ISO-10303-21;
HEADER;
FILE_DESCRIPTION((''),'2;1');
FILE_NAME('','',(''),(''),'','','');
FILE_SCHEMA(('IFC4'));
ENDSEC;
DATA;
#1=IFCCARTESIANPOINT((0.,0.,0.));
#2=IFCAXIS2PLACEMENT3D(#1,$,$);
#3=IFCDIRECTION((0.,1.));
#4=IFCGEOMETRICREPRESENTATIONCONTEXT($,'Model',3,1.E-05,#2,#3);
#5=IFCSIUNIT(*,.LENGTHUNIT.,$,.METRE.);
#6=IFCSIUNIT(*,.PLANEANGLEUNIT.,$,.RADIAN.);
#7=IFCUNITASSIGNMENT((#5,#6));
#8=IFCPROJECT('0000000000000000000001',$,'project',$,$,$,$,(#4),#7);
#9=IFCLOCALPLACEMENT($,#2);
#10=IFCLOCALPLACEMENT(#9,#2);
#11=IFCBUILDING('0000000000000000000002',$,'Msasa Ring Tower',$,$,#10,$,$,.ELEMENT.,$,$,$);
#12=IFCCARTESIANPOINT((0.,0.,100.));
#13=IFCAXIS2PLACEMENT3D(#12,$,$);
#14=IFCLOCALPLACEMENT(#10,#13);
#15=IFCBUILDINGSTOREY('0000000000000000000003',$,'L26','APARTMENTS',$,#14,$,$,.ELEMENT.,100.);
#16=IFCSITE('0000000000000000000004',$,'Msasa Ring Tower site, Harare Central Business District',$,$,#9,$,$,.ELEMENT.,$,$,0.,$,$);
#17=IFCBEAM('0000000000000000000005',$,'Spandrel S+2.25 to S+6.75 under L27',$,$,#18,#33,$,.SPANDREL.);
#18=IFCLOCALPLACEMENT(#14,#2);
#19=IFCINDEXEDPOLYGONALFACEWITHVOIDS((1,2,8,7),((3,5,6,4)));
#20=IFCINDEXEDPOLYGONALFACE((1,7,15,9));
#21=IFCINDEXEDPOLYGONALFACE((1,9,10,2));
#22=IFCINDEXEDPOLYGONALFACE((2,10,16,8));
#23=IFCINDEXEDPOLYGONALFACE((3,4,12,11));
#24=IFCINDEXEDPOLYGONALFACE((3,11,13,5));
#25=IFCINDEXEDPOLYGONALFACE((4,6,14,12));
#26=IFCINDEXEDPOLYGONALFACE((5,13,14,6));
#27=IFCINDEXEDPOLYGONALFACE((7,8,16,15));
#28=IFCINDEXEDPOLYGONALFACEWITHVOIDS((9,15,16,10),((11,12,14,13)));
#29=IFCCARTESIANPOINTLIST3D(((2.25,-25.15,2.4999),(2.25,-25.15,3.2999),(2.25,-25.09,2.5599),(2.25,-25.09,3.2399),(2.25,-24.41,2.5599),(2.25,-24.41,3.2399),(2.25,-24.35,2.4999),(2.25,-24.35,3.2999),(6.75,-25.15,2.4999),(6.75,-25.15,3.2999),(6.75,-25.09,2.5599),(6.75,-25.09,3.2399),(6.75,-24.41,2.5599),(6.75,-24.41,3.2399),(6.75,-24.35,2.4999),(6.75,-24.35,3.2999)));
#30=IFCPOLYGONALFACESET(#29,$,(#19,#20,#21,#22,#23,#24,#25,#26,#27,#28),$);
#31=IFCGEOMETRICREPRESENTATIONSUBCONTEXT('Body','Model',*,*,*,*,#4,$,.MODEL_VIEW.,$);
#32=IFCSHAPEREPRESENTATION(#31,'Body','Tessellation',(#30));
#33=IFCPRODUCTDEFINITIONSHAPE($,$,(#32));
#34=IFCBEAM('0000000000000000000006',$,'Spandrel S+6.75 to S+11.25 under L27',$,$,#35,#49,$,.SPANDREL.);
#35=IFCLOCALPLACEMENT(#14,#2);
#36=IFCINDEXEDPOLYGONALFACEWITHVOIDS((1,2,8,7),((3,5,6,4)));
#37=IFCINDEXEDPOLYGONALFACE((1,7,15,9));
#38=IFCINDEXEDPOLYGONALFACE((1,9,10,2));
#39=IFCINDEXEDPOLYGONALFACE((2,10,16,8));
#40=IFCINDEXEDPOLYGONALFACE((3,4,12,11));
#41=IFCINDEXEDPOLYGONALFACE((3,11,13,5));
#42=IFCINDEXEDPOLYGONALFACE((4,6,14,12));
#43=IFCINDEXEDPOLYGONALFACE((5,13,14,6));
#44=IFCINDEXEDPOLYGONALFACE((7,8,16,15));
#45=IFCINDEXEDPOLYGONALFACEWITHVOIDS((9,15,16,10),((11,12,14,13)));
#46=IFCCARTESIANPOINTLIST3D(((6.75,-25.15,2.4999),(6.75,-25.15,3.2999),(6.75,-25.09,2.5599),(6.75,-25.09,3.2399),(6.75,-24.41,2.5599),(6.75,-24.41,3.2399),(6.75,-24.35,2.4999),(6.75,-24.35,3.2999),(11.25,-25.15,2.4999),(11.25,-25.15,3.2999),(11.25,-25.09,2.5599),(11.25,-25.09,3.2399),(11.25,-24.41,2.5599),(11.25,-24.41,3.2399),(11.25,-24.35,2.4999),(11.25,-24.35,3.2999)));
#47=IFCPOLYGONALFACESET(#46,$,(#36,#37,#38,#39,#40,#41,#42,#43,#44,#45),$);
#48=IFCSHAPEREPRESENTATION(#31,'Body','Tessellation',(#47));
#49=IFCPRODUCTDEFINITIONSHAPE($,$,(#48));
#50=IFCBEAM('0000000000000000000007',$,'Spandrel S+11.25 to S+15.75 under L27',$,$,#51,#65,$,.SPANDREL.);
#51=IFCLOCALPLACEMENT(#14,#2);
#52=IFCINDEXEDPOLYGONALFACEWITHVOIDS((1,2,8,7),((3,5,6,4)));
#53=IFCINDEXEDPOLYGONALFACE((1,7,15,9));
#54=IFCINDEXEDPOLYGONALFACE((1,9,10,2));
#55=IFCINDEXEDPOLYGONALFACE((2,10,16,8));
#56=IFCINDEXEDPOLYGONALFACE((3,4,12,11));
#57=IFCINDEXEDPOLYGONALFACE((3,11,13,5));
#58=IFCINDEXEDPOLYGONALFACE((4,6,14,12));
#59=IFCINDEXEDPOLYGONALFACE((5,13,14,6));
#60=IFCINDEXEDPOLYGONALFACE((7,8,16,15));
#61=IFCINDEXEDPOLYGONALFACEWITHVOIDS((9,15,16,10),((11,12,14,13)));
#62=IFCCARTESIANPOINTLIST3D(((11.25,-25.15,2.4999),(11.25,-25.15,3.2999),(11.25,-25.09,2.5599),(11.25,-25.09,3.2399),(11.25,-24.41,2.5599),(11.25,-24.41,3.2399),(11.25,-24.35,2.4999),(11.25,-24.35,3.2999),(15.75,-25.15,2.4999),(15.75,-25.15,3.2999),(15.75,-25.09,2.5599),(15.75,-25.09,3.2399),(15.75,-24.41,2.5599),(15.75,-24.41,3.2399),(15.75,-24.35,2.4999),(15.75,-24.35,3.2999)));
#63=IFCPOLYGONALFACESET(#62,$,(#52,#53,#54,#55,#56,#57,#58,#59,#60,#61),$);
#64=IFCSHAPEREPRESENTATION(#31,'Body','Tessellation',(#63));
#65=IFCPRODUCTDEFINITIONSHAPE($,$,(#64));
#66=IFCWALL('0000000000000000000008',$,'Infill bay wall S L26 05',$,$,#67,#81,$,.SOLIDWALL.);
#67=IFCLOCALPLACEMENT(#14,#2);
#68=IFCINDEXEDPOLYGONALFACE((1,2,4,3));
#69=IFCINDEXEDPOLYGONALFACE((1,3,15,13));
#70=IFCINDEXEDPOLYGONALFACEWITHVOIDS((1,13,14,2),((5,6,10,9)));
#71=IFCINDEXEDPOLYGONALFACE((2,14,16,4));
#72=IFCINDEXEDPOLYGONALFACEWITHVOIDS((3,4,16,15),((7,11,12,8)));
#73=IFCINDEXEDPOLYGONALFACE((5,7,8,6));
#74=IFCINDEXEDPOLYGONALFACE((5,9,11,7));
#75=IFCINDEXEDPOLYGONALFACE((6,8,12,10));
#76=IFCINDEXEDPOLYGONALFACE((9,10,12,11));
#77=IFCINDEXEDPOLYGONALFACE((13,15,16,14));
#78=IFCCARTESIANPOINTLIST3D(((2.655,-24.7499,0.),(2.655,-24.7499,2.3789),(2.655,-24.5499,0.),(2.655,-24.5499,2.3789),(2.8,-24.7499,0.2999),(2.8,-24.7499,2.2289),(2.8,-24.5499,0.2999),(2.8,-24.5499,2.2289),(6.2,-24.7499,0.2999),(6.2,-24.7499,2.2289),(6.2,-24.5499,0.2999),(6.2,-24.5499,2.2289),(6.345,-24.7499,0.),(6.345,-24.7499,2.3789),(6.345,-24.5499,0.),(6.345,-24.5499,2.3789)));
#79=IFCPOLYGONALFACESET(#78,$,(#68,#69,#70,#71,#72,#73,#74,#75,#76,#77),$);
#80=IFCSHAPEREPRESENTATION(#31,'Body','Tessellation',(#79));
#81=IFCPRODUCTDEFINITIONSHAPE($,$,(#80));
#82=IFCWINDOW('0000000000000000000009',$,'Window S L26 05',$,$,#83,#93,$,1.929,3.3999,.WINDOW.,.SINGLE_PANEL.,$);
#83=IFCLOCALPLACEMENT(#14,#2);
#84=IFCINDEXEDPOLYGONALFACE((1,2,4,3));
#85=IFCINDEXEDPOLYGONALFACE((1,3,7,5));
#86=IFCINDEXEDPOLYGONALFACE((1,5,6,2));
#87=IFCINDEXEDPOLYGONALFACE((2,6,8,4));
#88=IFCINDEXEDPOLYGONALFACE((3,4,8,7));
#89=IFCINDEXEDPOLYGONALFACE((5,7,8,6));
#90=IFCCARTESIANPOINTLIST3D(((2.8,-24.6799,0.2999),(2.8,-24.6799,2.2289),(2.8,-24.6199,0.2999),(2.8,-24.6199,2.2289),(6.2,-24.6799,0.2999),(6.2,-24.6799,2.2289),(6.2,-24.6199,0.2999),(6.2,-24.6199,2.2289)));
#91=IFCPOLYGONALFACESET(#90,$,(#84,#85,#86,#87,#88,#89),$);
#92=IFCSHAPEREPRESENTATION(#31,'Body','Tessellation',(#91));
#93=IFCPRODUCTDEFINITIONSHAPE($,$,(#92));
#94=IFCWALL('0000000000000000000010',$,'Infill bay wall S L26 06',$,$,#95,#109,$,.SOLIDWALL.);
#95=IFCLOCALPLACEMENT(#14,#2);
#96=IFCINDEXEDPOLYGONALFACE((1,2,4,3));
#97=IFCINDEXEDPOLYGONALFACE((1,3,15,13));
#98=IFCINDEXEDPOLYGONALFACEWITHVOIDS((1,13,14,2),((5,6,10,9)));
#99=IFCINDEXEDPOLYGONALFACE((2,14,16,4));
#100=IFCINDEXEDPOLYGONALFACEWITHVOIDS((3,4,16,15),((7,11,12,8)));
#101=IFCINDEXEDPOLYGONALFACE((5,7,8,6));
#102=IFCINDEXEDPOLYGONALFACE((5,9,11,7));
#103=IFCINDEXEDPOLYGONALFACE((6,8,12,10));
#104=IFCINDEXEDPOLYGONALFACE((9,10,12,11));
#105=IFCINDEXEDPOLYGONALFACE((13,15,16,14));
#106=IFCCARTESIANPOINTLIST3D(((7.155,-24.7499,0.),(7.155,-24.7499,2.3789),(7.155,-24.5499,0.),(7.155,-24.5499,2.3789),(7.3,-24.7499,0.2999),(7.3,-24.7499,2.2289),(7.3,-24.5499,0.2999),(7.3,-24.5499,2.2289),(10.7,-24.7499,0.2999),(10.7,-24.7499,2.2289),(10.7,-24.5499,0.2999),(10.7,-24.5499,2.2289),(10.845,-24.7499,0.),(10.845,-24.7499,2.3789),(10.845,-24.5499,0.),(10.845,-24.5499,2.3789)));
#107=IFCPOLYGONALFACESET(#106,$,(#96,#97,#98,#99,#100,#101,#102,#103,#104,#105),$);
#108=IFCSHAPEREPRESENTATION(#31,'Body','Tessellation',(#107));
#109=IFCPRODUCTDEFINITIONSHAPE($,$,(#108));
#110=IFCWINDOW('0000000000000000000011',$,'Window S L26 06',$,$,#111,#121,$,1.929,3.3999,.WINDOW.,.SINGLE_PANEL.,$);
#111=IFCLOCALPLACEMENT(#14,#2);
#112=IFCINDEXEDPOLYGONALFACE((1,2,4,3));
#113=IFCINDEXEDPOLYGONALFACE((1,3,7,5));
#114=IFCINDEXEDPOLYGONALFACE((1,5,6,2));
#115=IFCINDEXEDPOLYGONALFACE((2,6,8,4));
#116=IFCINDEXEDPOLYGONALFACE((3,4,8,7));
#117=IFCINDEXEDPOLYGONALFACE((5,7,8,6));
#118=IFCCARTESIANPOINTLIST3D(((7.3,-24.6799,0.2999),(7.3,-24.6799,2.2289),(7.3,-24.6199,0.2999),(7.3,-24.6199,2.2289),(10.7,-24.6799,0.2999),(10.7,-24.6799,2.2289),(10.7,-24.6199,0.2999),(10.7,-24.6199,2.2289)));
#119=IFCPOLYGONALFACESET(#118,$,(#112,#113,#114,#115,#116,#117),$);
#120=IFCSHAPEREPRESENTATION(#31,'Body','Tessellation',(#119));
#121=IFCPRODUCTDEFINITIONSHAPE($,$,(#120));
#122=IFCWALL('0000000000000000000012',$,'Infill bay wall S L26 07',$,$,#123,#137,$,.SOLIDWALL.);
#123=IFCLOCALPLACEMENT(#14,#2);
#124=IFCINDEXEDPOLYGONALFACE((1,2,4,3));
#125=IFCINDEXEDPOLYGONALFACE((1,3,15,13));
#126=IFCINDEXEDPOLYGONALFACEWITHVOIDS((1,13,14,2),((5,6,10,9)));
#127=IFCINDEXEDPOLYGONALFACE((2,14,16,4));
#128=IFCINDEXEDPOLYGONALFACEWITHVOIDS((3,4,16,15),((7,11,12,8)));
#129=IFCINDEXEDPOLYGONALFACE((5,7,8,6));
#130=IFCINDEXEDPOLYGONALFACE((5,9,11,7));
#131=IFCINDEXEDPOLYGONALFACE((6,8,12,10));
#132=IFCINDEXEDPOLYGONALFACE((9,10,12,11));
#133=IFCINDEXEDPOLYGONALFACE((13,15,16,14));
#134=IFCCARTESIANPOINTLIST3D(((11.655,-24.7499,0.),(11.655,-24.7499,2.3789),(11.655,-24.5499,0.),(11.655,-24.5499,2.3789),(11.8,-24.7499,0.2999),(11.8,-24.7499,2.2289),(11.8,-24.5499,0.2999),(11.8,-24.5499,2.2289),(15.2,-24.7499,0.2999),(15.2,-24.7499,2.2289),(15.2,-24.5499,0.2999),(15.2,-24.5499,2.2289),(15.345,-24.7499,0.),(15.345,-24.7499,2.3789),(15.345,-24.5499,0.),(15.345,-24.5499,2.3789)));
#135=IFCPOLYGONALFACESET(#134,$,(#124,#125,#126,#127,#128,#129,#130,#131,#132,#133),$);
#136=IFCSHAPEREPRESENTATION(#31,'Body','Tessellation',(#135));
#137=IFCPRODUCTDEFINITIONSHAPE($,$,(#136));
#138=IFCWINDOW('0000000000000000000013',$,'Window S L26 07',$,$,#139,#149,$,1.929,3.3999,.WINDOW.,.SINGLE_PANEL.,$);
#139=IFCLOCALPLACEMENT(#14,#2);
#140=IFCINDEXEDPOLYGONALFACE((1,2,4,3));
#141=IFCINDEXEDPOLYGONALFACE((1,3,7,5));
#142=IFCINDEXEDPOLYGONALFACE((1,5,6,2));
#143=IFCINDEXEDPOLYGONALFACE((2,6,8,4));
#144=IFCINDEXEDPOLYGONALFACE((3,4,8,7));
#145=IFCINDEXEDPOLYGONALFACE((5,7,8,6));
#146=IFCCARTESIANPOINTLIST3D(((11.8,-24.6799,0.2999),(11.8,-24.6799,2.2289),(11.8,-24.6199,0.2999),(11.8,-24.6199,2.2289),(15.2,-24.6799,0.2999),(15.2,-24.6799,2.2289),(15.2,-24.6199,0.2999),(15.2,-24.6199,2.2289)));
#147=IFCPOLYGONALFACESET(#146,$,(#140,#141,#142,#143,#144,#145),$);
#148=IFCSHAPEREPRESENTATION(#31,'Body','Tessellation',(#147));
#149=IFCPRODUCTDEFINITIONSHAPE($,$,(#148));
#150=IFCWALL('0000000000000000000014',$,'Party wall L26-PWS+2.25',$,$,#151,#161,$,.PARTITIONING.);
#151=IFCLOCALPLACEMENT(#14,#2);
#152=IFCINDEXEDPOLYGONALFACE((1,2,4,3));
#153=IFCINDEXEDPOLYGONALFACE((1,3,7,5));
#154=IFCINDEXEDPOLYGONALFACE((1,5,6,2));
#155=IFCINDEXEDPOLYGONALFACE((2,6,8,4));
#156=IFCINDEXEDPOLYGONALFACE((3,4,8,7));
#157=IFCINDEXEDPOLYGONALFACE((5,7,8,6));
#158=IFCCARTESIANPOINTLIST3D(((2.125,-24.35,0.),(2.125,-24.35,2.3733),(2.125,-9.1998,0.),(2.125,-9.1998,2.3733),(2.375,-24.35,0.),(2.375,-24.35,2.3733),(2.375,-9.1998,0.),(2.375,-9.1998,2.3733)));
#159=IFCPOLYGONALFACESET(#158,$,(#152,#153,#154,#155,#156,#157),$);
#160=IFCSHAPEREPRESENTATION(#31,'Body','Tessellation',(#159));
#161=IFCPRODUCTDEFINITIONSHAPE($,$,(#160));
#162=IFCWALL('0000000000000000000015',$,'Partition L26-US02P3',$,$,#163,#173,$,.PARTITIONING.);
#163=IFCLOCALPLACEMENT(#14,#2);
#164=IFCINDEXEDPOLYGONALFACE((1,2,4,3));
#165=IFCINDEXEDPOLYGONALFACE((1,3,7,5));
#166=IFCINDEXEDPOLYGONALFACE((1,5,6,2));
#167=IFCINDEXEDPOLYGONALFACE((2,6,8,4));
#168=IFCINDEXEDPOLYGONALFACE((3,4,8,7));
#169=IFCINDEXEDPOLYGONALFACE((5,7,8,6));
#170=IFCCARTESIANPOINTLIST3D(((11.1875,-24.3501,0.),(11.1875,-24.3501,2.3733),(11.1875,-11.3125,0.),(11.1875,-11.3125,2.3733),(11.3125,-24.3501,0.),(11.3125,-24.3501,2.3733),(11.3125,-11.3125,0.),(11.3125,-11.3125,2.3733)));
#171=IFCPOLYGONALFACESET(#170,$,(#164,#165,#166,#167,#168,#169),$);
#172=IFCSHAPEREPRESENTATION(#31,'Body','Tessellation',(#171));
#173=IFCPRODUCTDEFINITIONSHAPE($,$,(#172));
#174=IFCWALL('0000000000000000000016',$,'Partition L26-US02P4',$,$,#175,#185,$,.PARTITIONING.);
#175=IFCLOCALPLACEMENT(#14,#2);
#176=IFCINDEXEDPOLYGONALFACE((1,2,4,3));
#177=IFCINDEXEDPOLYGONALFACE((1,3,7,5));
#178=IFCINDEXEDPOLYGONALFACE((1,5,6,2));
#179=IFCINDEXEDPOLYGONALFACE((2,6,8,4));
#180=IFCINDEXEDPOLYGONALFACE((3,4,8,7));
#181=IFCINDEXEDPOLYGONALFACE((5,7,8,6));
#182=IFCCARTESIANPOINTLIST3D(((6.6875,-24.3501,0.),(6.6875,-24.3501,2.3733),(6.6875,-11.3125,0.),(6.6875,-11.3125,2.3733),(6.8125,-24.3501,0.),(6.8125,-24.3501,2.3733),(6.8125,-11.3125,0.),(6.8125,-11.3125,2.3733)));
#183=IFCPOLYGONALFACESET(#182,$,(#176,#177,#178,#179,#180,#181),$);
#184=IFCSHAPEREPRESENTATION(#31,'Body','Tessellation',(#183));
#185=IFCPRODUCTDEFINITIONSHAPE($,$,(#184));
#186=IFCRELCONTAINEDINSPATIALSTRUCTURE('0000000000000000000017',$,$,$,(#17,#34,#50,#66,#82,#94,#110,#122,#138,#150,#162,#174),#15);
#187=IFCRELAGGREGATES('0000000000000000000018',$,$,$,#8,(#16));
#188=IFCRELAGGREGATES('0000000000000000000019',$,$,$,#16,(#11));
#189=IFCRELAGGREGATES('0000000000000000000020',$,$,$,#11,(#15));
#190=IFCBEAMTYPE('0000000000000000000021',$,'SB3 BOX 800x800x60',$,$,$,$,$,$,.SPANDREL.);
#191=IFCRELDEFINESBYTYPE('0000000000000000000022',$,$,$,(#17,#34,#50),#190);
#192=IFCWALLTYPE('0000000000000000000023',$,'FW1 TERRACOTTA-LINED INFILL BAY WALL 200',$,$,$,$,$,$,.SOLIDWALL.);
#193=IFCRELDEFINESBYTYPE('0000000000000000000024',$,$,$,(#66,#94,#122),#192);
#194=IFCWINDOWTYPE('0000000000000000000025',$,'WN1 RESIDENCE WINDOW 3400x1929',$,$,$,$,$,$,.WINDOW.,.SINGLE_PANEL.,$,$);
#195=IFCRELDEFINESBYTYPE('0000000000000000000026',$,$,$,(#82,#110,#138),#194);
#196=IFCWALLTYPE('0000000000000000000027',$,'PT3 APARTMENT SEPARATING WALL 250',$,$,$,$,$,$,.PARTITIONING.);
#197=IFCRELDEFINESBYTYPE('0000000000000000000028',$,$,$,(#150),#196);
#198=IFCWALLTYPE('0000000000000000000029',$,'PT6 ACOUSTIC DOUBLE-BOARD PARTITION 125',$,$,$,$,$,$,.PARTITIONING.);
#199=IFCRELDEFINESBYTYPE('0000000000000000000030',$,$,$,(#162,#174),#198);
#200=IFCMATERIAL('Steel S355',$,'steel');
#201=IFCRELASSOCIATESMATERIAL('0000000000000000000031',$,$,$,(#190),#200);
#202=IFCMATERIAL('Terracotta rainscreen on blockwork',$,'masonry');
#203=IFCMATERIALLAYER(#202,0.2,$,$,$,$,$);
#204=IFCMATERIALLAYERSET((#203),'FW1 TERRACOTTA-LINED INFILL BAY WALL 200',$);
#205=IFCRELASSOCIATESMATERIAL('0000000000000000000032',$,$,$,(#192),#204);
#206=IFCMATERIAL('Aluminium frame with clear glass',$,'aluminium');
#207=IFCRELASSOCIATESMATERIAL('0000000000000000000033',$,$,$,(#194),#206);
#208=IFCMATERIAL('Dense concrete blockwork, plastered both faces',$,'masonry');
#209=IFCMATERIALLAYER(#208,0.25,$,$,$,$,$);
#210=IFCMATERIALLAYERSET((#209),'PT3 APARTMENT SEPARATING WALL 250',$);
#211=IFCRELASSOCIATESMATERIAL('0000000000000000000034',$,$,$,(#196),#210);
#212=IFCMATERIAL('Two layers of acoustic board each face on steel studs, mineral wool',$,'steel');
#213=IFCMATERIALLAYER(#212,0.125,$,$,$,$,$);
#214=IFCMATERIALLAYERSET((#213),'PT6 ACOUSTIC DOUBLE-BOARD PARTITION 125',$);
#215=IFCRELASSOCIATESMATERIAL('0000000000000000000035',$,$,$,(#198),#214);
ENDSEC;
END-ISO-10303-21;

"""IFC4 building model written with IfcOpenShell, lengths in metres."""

from ifc_helpers import new_model, si_unit, direction, frame, frame_2d, origin, origin_2d, place, context, subcontext, project, spatial, rectangle, hollow_rectangle, extrude, material, layer, layer_set, material_profile, profile_set, type_object, element, fill, save


model = new_model("IFC4")

# Units and contexts
model_context = context("Model", 3, precision=1e-05, world=origin(), true_north=direction((0.0, 1.0)))
body_context = subcontext(model_context, "Body", "Model", "MODEL_VIEW")
ifc_project = project(units=[si_unit("LENGTHUNIT", "METRE"), si_unit("PLANEANGLEUNIT", "RADIAN")], contexts=[model_context])

# Site, building, storey
site_placement = place(None, origin())
site = spatial("IfcSite", under=ifc_project, at=site_placement, Name="Msasa Ring Tower site, Harare Central Business District", CompositionType="ELEMENT", RefElevation=0.0)
building_placement = place(site_placement, origin())
building = spatial("IfcBuilding", under=site, at=building_placement, Name="Msasa Ring Tower", CompositionType="ELEMENT")
storey_placement = place(building_placement, frame((0.0, 0.0, 100.0)))
storey = spatial("IfcBuildingStorey", under=building, at=storey_placement, Name="L26", Description="APARTMENTS", CompositionType="ELEMENT", Elevation=100.0)

# Beams
ifc_material_1 = material(Name="Steel S355", Category="steel")
ifc_material_profile_1 = material_profile(ifc_material_1, hollow_rectangle(XDim=0.8, YDim=0.8, WallThickness=0.0601, at=origin_2d()), Name="BOX 800x800x60")
ifc_profile_set_1 = profile_set([ifc_material_profile_1], Name="Steel S355")
beam_type_1 = type_object("IfcBeamType", Name="SB3 BOX 800x800x60", PredefinedType="SPANDREL", material=ifc_profile_set_1)
for number, where, z_axis, x_axis, name in (
    (1, (2.25, -24.75, 2.8999), (1.0, 0.0, 0.0), (0.0, 1.0, 0.0), "Spandrel S+2.25 to S+6.75 under L27"),
    (2, (6.75, -24.75, 2.8999), (1.0, 0.0, 0.0), (0.0, 1.0, 0.0), "Spandrel S+6.75 to S+11.25 under L27"),
    (3, (11.25, -24.75, 2.8999), (1.0, 0.0, 0.0), (0.0, 1.0, 0.0), "Spandrel S+11.25 to S+15.75 under L27"),
):
    element("IfcBeam", number, at=place(storey_placement, frame(where, z_axis=z_axis, x_axis=x_axis)), inside=storey, type_object=beam_type_1, Name=name, PredefinedType="SPANDREL", context=body_context, shape_type="SweptSolid", body=[
        extrude(hollow_rectangle(XDim=0.8, YDim=0.8, WallThickness=0.0601, at=origin_2d()), origin(), (0.0, 0.0, 1.0), 4.5),
    ])

# Walls, openings, windows
ifc_material_2 = material(Name="Terracotta rainscreen on blockwork", Category="masonry")
ifc_layer_1 = layer(ifc_material_2, 0.2)
ifc_layer_set_1 = layer_set([ifc_layer_1], Name="FW1 TERRACOTTA-LINED INFILL BAY WALL 200")
wall_type_1 = type_object("IfcWallType", Name="FW1 TERRACOTTA-LINED INFILL BAY WALL 200", PredefinedType="SOLIDWALL", material=ifc_layer_set_1)
wall_1_placement = place(storey_placement, frame((2.655, -24.6499, 0.0), z_axis=(0.0, 0.0, 1.0), x_axis=(1.0, 0.0, 0.0)))
wall_1 = element("IfcWall", 4, at=wall_1_placement, inside=storey, type_object=wall_type_1, Name="Infill bay wall S L26 05", PredefinedType="SOLIDWALL", context=body_context, shape_type="SweptSolid", body=[
    extrude(rectangle(XDim=3.6899, YDim=0.2, at=frame_2d((1.845, 0.0))), origin(), (0.0, 0.0, 1.0), 2.3789),
])
opening_1_placement = place(wall_1_placement, frame((0.145, 0.0, 0.3)))
opening_1 = element("IfcOpeningElement", 5, at=opening_1_placement, cuts=wall_1, PredefinedType="OPENING", context=body_context, shape_type="SweptSolid", body=[
    extrude(rectangle(XDim=3.3999, YDim=1.929, at=frame_2d((1.7, 0.9644))), frame((0.0, 0.1099, 0.0), z_axis=(0.0, -1.0, 0.0), x_axis=(1.0, 0.0, 0.0)), (0.0, 0.0, 1.0), 0.22),
])
ifc_material_3 = material(Name="Aluminium frame with clear glass", Category="aluminium")
window_type = type_object("IfcWindowType", Name="WN1 RESIDENCE WINDOW 3400x1929", PartitioningType="SINGLE_PANEL", PredefinedType="WINDOW", material=ifc_material_3)
window_1_placement = place(opening_1_placement, origin())
window_1 = element("IfcWindow", 6, at=window_1_placement, inside=storey, type_object=window_type, Name="Window S L26 05", OverallHeight=1.929, OverallWidth=3.3999, PartitioningType="SINGLE_PANEL", PredefinedType="WINDOW", context=body_context, shape_type="SweptSolid", body=[
    extrude(rectangle(XDim=3.3999, YDim=1.929, at=frame_2d((1.7, 0.9644))), frame((0.0, 0.03, 0.0), z_axis=(0.0, -1.0, 0.0), x_axis=(1.0, 0.0, 0.0)), (0.0, 0.0, 1.0), 0.0601),
])
fill(opening_1, window_1)
wall_2_placement = place(storey_placement, frame((7.155, -24.6499, 0.0), z_axis=(0.0, 0.0, 1.0), x_axis=(1.0, 0.0, 0.0)))
wall_2 = element("IfcWall", 7, at=wall_2_placement, inside=storey, type_object=wall_type_1, Name="Infill bay wall S L26 06", PredefinedType="SOLIDWALL", context=body_context, shape_type="SweptSolid", body=[
    extrude(rectangle(XDim=3.6899, YDim=0.2, at=frame_2d((1.845, 0.0))), origin(), (0.0, 0.0, 1.0), 2.3789),
])
opening_2_placement = place(wall_2_placement, frame((0.145, 0.0, 0.3)))
opening_2 = element("IfcOpeningElement", 8, at=opening_2_placement, cuts=wall_2, PredefinedType="OPENING", context=body_context, shape_type="SweptSolid", body=[
    extrude(rectangle(XDim=3.3999, YDim=1.929, at=frame_2d((1.7, 0.9644))), frame((0.0, 0.1099, 0.0), z_axis=(0.0, -1.0, 0.0), x_axis=(1.0, 0.0, 0.0)), (0.0, 0.0, 1.0), 0.22),
])
window_2_placement = place(opening_2_placement, origin())
window_2 = element("IfcWindow", 9, at=window_2_placement, inside=storey, type_object=window_type, Name="Window S L26 06", OverallHeight=1.929, OverallWidth=3.3999, PartitioningType="SINGLE_PANEL", PredefinedType="WINDOW", context=body_context, shape_type="SweptSolid", body=[
    extrude(rectangle(XDim=3.3999, YDim=1.929, at=frame_2d((1.7, 0.9644))), frame((0.0, 0.03, 0.0), z_axis=(0.0, -1.0, 0.0), x_axis=(1.0, 0.0, 0.0)), (0.0, 0.0, 1.0), 0.0601),
])
fill(opening_2, window_2)
wall_3_placement = place(storey_placement, frame((11.655, -24.6499, 0.0), z_axis=(0.0, 0.0, 1.0), x_axis=(1.0, 0.0, 0.0)))
wall_3 = element("IfcWall", 10, at=wall_3_placement, inside=storey, type_object=wall_type_1, Name="Infill bay wall S L26 07", PredefinedType="SOLIDWALL", context=body_context, shape_type="SweptSolid", body=[
    extrude(rectangle(XDim=3.6899, YDim=0.2, at=frame_2d((1.845, 0.0))), origin(), (0.0, 0.0, 1.0), 2.3789),
])
opening_3_placement = place(wall_3_placement, frame((0.145, 0.0, 0.3)))
opening_3 = element("IfcOpeningElement", 11, at=opening_3_placement, cuts=wall_3, PredefinedType="OPENING", context=body_context, shape_type="SweptSolid", body=[
    extrude(rectangle(XDim=3.3999, YDim=1.929, at=frame_2d((1.7, 0.9644))), frame((0.0, 0.1099, 0.0), z_axis=(0.0, -1.0, 0.0), x_axis=(1.0, 0.0, 0.0)), (0.0, 0.0, 1.0), 0.22),
])
window_3_placement = place(opening_3_placement, origin())
window_3 = element("IfcWindow", 12, at=window_3_placement, inside=storey, type_object=window_type, Name="Window S L26 07", OverallHeight=1.929, OverallWidth=3.3999, PartitioningType="SINGLE_PANEL", PredefinedType="WINDOW", context=body_context, shape_type="SweptSolid", body=[
    extrude(rectangle(XDim=3.3999, YDim=1.929, at=frame_2d((1.7, 0.9644))), frame((0.0, 0.03, 0.0), z_axis=(0.0, -1.0, 0.0), x_axis=(1.0, 0.0, 0.0)), (0.0, 0.0, 1.0), 0.0601),
])
fill(opening_3, window_3)

# Walls
ifc_material_4 = material(Name="Dense concrete blockwork, plastered both faces", Category="masonry")
ifc_layer_2 = layer(ifc_material_4, 0.25)
ifc_layer_set_2 = layer_set([ifc_layer_2], Name="PT3 APARTMENT SEPARATING WALL 250")
wall_type_2 = type_object("IfcWallType", Name="PT3 APARTMENT SEPARATING WALL 250", PredefinedType="PARTITIONING", material=ifc_layer_set_2)
wall_4_placement = place(storey_placement, frame((2.25, -24.3501, 0.0), z_axis=(0.0, 0.0, 1.0), x_axis=(0.0, 1.0, 0.0)))
element("IfcWall", 13, at=wall_4_placement, inside=storey, type_object=wall_type_2, Name="Party wall L26-PWS+2.25", PredefinedType="PARTITIONING", context=body_context, shape_type="SweptSolid", body=[
    extrude(rectangle(XDim=15.1501, YDim=0.25, at=frame_2d((7.5752, 0.0))), origin(), (0.0, 0.0, 1.0), 2.3733),
])
ifc_material_5 = material(Name="Two layers of acoustic board each face on steel studs, mineral wool", Category="steel")
ifc_layer_3 = layer(ifc_material_5, 0.125)
ifc_layer_set_3 = layer_set([ifc_layer_3], Name="PT6 ACOUSTIC DOUBLE-BOARD PARTITION 125")
wall_type_3 = type_object("IfcWallType", Name="PT6 ACOUSTIC DOUBLE-BOARD PARTITION 125", PredefinedType="PARTITIONING", material=ifc_layer_set_3)
for number, where, z_axis, x_axis, name in (
    (14, (11.25, -24.3501, 0.0), (0.0, 0.0, 1.0), (0.0, 1.0, 0.0), "Partition L26-US02P3"),
    (15, (6.75, -24.3501, 0.0), (0.0, 0.0, 1.0), (0.0, 1.0, 0.0), "Partition L26-US02P4"),
):
    element("IfcWall", number, at=place(storey_placement, frame(where, z_axis=z_axis, x_axis=x_axis)), inside=storey, type_object=wall_type_3, Name=name, PredefinedType="PARTITIONING", context=body_context, shape_type="SweptSolid", body=[
        extrude(rectangle(XDim=13.0376, YDim=0.125, at=frame_2d((6.5188, 0.0))), origin(), (0.0, 0.0, 1.0), 2.3733),
    ])

save(model, "model.ifc")
